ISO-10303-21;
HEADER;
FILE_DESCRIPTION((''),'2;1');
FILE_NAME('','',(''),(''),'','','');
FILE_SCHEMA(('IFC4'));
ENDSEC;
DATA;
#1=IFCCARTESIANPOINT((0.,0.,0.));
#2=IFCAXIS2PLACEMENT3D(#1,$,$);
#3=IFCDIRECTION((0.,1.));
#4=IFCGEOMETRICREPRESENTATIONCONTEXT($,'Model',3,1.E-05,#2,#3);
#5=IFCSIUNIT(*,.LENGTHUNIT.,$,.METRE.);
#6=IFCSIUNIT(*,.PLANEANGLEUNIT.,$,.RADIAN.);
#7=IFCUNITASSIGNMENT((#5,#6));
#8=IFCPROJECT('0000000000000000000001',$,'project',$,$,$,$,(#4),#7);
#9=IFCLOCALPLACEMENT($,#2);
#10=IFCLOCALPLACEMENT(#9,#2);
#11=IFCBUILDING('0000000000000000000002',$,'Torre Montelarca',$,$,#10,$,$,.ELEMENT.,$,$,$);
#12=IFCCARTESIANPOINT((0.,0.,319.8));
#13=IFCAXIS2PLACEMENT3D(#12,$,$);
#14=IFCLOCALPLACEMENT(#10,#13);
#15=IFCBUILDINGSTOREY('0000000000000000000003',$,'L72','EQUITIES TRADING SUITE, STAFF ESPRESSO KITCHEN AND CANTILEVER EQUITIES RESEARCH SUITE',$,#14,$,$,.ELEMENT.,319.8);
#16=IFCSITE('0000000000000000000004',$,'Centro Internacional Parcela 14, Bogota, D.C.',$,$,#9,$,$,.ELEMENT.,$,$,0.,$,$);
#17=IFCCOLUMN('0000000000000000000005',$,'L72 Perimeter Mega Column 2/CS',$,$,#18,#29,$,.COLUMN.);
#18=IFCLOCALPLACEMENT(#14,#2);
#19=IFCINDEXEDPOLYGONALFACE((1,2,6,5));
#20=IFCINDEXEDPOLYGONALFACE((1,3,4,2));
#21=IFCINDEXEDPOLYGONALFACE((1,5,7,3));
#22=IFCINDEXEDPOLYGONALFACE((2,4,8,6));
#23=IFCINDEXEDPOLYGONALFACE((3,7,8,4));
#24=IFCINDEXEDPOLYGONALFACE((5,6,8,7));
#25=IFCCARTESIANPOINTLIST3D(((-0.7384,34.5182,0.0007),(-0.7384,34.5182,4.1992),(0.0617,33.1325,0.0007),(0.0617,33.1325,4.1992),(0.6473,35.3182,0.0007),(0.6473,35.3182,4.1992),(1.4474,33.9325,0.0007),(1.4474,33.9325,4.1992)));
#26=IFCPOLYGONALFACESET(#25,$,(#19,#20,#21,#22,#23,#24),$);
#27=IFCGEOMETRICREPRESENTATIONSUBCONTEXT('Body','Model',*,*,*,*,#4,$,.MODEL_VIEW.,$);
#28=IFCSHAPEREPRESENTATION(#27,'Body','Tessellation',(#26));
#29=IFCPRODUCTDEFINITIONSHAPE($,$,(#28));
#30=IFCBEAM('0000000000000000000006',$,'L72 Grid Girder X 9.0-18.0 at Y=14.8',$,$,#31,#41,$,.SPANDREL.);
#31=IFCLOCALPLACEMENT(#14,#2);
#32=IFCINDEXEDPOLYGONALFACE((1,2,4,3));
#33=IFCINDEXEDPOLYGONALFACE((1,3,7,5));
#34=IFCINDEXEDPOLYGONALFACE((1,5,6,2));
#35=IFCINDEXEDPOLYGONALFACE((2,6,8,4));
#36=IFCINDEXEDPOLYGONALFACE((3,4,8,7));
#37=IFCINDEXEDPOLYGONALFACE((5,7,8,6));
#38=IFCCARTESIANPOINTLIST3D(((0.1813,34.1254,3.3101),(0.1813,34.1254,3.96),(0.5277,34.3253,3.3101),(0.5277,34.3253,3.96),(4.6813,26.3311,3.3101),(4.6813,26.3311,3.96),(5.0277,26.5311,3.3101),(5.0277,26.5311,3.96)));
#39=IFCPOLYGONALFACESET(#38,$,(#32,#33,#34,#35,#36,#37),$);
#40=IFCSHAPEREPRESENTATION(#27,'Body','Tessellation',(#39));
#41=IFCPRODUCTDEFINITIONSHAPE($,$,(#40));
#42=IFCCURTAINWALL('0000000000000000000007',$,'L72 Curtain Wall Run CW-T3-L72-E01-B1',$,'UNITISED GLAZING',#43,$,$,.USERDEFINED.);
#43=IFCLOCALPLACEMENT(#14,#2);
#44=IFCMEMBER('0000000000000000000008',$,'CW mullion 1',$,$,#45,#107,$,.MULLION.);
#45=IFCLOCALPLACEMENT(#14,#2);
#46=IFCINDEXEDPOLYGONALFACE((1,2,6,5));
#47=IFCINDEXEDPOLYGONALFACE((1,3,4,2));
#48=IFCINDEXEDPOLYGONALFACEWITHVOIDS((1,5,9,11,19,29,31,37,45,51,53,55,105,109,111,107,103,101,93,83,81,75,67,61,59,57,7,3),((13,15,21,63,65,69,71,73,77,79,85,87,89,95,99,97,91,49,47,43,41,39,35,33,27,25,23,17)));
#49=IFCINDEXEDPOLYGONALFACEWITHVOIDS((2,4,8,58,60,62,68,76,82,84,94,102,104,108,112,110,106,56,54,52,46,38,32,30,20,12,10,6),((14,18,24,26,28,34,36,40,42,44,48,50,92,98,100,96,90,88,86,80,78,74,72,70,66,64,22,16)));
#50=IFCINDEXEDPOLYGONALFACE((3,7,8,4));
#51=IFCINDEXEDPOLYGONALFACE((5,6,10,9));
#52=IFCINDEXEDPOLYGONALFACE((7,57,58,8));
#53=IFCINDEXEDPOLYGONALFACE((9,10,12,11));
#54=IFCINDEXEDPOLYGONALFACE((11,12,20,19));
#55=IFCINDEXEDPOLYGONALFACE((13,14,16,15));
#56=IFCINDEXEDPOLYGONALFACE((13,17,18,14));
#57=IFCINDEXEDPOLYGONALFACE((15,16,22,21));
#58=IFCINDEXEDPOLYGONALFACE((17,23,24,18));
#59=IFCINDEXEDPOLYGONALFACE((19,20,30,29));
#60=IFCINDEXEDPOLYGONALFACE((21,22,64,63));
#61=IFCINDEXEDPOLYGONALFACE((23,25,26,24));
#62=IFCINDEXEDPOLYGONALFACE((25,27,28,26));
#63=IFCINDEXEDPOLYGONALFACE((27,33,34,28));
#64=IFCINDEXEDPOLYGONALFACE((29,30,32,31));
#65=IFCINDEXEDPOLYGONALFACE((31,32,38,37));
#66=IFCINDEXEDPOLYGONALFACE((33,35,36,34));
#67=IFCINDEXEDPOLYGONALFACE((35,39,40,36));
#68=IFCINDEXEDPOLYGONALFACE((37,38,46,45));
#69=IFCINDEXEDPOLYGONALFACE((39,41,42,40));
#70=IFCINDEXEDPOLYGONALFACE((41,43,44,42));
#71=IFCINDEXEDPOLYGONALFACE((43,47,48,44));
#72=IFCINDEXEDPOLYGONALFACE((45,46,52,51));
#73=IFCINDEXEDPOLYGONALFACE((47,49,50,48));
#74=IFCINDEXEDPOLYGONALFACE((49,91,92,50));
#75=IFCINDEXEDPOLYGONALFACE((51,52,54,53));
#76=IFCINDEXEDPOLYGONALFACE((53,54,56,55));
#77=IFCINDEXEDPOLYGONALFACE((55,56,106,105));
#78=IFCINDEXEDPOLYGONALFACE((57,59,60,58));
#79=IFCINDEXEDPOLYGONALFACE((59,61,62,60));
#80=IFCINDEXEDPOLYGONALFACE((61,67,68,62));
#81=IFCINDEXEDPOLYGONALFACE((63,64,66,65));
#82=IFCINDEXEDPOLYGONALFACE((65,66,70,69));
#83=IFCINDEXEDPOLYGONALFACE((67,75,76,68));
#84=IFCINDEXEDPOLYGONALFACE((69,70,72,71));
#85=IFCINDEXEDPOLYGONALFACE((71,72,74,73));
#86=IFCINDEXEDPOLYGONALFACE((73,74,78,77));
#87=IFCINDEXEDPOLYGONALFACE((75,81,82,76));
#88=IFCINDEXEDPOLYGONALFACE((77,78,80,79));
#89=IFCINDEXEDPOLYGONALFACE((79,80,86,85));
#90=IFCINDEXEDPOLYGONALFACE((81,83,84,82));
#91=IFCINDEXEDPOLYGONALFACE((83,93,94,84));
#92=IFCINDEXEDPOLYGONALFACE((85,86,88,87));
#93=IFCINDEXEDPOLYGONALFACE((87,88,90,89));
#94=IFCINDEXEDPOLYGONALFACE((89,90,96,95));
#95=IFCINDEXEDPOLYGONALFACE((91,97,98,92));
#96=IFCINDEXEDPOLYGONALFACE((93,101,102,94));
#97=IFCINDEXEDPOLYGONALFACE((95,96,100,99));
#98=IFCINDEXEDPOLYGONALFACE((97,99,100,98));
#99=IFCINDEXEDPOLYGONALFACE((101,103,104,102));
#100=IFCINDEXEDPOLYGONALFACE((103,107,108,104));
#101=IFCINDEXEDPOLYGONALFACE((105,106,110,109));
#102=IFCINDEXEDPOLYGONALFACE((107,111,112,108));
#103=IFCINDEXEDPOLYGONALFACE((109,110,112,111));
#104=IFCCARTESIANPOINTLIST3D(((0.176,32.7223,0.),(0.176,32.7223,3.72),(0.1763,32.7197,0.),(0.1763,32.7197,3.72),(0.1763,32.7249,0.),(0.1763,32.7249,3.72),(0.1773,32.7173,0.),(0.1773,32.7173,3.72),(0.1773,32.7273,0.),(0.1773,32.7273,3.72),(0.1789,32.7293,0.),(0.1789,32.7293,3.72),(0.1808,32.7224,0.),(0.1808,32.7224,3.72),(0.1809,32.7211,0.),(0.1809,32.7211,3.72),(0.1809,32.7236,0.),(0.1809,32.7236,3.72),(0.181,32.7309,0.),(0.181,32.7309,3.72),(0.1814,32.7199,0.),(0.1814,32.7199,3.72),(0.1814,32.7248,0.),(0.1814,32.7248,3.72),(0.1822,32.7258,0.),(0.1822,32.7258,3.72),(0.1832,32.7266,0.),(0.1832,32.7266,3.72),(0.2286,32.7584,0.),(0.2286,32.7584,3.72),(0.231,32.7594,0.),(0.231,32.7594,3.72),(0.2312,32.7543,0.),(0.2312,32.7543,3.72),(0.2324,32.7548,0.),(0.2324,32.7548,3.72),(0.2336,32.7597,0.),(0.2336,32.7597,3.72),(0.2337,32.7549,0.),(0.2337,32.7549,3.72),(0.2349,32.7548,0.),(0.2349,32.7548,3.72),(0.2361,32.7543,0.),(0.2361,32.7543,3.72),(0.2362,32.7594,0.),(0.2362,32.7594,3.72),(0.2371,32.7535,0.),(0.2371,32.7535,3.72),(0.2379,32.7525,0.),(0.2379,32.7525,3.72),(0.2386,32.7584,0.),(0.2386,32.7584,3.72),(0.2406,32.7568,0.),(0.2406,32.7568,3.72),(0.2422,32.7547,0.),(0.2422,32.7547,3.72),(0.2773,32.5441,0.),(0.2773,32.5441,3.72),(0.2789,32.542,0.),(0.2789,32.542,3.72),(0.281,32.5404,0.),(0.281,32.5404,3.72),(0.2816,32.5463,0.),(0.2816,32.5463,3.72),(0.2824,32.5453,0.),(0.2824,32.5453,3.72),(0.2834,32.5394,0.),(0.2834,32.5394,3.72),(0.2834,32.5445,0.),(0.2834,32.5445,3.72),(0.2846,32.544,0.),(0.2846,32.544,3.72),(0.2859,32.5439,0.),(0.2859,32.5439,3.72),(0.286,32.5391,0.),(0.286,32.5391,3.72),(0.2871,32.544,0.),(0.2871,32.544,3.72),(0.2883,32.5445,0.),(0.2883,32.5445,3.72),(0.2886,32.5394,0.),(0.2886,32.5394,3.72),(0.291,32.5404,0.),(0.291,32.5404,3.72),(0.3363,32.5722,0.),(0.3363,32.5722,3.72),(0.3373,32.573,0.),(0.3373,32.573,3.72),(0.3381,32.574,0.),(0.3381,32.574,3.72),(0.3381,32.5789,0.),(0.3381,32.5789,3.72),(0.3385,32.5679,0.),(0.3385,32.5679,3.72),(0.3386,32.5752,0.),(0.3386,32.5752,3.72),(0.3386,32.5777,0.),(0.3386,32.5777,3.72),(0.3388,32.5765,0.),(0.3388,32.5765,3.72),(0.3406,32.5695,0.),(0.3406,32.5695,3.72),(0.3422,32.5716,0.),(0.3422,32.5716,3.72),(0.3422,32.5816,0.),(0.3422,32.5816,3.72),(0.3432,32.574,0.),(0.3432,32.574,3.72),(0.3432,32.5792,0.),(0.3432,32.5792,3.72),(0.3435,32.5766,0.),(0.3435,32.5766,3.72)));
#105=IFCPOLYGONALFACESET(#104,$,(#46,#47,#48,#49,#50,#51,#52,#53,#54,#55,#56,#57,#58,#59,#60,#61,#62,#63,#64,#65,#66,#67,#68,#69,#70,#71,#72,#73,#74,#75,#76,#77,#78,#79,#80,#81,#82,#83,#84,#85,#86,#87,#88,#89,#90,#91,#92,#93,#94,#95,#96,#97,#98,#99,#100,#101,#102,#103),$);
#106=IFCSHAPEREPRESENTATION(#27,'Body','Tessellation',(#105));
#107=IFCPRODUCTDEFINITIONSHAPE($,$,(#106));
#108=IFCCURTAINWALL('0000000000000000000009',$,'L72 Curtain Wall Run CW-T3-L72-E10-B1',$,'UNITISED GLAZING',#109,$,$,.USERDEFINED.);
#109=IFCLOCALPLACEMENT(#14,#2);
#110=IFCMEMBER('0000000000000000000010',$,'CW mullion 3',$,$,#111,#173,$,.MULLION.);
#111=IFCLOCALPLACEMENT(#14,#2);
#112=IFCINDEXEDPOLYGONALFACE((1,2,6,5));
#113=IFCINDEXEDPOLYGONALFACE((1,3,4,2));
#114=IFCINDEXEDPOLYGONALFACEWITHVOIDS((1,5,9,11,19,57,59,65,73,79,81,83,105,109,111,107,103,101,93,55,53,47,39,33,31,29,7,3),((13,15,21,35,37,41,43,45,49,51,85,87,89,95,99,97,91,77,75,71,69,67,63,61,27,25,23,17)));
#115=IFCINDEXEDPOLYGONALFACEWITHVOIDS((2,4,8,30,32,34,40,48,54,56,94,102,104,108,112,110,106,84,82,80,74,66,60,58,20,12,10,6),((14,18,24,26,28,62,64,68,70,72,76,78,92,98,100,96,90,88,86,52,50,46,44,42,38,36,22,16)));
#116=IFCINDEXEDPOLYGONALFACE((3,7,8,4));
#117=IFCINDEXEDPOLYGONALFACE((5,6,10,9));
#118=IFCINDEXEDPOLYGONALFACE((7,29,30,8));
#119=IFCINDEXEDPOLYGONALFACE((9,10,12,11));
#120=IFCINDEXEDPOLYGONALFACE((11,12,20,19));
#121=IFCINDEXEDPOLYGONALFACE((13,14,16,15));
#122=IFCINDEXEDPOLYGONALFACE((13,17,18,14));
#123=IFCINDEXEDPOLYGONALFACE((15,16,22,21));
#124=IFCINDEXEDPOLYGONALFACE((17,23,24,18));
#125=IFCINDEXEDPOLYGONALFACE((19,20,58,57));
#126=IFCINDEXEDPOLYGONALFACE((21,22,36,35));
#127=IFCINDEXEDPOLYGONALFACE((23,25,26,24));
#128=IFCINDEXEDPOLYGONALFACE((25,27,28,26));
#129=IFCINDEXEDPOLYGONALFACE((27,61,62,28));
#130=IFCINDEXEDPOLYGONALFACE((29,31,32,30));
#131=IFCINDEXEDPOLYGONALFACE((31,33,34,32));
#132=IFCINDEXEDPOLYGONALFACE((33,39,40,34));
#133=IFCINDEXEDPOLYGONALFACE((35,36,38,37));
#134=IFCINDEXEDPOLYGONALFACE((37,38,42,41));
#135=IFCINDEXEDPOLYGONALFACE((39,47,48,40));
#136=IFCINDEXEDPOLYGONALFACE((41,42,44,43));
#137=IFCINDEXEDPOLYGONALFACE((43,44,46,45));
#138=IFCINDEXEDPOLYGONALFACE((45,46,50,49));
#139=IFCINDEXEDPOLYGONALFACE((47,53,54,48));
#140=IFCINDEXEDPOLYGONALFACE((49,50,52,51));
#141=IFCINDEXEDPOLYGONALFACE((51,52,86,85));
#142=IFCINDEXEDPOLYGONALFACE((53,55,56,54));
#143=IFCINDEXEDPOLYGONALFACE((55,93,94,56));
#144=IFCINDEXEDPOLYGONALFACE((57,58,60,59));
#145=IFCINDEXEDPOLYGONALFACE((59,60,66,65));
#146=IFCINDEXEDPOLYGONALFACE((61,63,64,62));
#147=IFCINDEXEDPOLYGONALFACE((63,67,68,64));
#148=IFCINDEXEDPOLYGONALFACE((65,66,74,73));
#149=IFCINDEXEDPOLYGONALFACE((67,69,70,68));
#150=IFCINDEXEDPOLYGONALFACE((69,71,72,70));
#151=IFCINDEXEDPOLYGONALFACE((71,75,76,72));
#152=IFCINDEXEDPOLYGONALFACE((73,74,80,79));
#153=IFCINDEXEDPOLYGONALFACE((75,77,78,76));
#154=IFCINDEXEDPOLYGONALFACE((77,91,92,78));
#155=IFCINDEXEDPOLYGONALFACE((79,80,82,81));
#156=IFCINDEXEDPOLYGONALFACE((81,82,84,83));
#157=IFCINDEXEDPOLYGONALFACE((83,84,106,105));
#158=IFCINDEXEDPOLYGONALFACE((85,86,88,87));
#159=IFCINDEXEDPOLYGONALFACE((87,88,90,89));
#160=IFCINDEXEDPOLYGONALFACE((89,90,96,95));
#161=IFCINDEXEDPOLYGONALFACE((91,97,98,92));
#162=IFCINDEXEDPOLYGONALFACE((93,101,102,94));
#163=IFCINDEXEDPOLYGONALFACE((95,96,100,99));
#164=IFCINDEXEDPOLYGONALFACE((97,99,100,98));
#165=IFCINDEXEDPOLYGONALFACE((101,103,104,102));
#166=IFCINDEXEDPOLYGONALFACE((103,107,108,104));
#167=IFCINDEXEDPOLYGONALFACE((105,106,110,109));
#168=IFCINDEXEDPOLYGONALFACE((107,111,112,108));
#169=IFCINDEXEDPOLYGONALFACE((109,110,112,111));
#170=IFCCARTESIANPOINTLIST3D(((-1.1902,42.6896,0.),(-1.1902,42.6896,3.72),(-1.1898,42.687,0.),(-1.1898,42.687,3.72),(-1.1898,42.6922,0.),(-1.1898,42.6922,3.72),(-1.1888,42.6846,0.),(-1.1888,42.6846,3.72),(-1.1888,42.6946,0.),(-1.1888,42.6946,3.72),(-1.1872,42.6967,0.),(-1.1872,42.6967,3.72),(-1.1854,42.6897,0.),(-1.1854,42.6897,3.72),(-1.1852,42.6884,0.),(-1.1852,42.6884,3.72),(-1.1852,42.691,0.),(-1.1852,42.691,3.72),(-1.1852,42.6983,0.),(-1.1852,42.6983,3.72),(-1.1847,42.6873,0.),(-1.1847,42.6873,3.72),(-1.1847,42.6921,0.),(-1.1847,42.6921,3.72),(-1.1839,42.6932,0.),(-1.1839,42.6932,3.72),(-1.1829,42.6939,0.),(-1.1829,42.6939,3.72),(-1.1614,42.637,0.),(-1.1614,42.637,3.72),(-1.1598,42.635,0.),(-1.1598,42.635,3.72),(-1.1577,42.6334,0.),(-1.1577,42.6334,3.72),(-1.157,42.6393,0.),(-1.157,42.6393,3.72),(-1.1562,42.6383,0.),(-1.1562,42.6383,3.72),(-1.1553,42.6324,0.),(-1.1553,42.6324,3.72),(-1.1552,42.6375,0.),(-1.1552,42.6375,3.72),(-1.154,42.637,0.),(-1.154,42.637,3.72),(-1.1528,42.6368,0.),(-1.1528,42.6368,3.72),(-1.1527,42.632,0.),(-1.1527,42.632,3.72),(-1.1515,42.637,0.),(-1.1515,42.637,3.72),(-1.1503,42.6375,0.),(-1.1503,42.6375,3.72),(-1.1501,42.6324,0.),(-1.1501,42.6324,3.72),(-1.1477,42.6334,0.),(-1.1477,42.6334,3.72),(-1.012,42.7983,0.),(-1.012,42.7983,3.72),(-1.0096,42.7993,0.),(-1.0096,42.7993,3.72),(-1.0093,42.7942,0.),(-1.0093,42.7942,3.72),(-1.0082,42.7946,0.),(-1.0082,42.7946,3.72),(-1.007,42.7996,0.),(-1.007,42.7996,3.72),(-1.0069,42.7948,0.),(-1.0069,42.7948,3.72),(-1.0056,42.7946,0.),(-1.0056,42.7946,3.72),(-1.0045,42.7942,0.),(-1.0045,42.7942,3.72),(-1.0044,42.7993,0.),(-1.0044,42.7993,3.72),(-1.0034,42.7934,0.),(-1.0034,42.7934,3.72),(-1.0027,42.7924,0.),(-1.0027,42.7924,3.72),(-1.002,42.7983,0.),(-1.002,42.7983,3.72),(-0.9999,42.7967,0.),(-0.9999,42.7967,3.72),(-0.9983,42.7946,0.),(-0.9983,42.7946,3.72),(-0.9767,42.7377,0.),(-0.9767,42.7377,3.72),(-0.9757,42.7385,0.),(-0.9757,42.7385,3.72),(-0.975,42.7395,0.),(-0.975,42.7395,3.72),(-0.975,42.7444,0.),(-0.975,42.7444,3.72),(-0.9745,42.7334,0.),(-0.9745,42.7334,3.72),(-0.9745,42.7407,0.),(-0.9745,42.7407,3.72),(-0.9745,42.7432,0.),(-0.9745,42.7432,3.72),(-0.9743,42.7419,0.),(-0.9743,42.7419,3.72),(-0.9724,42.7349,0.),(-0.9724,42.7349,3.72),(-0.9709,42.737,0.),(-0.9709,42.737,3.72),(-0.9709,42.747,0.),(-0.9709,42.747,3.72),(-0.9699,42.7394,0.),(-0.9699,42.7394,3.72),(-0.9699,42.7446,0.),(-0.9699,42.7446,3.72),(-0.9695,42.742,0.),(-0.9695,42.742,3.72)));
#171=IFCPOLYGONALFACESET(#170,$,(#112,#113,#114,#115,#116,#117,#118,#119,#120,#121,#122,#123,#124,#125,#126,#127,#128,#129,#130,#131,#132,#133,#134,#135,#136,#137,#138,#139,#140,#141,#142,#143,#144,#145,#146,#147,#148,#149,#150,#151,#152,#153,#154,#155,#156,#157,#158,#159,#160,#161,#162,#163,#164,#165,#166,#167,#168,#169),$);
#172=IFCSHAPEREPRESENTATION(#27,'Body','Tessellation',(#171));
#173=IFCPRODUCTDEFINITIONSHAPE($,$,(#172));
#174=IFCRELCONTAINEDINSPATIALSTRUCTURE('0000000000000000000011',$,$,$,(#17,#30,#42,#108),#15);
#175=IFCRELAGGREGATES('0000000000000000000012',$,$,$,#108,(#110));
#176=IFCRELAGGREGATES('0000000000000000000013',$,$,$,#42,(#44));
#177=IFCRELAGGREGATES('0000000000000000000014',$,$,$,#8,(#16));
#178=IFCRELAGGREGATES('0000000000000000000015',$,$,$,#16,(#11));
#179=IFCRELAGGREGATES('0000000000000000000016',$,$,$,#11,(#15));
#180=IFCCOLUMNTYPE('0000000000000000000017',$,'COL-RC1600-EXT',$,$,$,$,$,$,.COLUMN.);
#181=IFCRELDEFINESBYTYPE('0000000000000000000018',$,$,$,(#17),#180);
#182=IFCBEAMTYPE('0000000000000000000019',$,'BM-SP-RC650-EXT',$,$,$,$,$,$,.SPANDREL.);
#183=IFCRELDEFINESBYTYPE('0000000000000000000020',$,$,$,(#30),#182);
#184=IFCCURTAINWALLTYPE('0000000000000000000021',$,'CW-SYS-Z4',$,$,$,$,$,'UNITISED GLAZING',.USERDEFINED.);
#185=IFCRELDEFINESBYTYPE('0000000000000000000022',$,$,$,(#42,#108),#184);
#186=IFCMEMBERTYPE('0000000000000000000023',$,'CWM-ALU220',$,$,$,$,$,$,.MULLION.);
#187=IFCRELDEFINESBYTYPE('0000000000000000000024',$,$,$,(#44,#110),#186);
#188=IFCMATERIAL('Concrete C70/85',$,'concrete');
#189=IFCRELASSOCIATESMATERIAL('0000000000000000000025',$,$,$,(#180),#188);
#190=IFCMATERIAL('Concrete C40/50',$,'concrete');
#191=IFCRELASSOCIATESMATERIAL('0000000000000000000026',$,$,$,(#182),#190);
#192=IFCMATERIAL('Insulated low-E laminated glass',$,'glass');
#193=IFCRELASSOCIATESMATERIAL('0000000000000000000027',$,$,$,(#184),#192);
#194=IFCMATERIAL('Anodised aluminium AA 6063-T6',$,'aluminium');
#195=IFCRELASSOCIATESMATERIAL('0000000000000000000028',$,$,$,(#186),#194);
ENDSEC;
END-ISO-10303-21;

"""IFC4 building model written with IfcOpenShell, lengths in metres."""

from ifc_helpers import new_model, si_unit, direction, frame, origin, origin_2d, place, context, subcontext, project, spatial, rectangle, hollow_rectangle, extrude, source, transform, mapped, material, material_profile, profile_set, type_object, element, aggregate, save


model = new_model("IFC4")

# Units and contexts
model_context = context("Model", 3, precision=1e-05, world=origin(), true_north=direction((0.0, 1.0)))
body_context = subcontext(model_context, "Body", "Model", "MODEL_VIEW")
ifc_project = project(units=[si_unit("LENGTHUNIT", "METRE"), si_unit("PLANEANGLEUNIT", "RADIAN")], contexts=[model_context])

# Site, building, storey
site_placement = place(None, origin())
site = spatial("IfcSite", under=ifc_project, at=site_placement, Name="Centro Internacional Parcela 14, Bogota, D.C.", CompositionType="ELEMENT", RefElevation=0.0)
building_placement = place(site_placement, origin())
building = spatial("IfcBuilding", under=site, at=building_placement, Name="Torre Montelarca", CompositionType="ELEMENT")
storey_placement = place(building_placement, frame((0.0, 0.0, 319.8)))
storey = spatial("IfcBuildingStorey", under=building, at=storey_placement, Name="L72", Description="EQUITIES TRADING SUITE, STAFF ESPRESSO KITCHEN AND CANTILEVER EQUITIES RESEARCH SUITE", CompositionType="ELEMENT", Elevation=319.8)

# Column
ifc_material_1 = material(Name="Concrete C70/85", Category="concrete")
ifc_material_profile_1 = material_profile(ifc_material_1, rectangle(XDim=1.6001, YDim=1.6001, at=origin_2d()), Name="RC1600X1600", Category="concrete")
ifc_profile_set_1 = profile_set([ifc_material_profile_1], Name="Concrete C70/85")
column_type = type_object("IfcColumnType", Name="COL-RC1600-EXT", PredefinedType="COLUMN", material=ifc_profile_set_1)
shared_shape_1 = source(origin(), body_context, "Body", "SweptSolid", [
    extrude(rectangle(XDim=1.6001, YDim=1.6001, at=origin_2d()), origin(), (0.0, 0.0, 1.0), 4.1985),
])
column_placement = place(storey_placement, frame((0.3545, 34.2253, 0.0007), z_axis=(0.0, 0.0, 1.0), x_axis=(-0.5, 0.866025, 0.0)))
element("IfcColumn", 1, at=column_placement, inside=storey, type_object=column_type, Name="L72 Perimeter Mega Column 2/CS", PredefinedType="COLUMN", context=body_context, shape_type="MappedRepresentation", body=[
    mapped(shared_shape_1, transform((0.0, 0.0, 0.0), scale=1.0)),
])

# Beam
ifc_material_2 = material(Name="Concrete C40/50", Category="concrete")
ifc_material_profile_2 = material_profile(ifc_material_2, rectangle(XDim=0.3999, YDim=0.6499, at=origin_2d()), Name="RCB400X650", Category="concrete")
ifc_profile_set_2 = profile_set([ifc_material_profile_2], Name="Concrete C40/50")
beam_type = type_object("IfcBeamType", Name="BM-SP-RC650-EXT", PredefinedType="SPANDREL", material=ifc_profile_set_2)
shared_shape_2 = source(origin(), body_context, "Body", "SweptSolid", [
    extrude(rectangle(XDim=0.3999, YDim=0.6499, at=origin_2d()), origin(), (0.0, 0.0, 1.0), 9.0),
])
beam_placement = place(storey_placement, frame((0.3545, 34.2253, 3.635), z_axis=(0.500002, -0.866024, 0.0), x_axis=(0.866024, 0.500002, 0.0)))
element("IfcBeam", 2, at=beam_placement, inside=storey, type_object=beam_type, Name="L72 Grid Girder X 9.0-18.0 at Y=14.8", PredefinedType="SPANDREL", context=body_context, shape_type="MappedRepresentation", body=[
    mapped(shared_shape_2, transform((0.0, 0.0, 0.0), scale=1.0)),
])

# Curtain walls, members
ifc_material_3 = material(Name="Insulated low-E laminated glass", Category="glass")
curtain_wall_type = type_object("IfcCurtainWallType", Name="CW-SYS-Z4", ElementType="UNITISED GLAZING", PredefinedType="USERDEFINED", material=ifc_material_3)
curtain_wall_1_placement = place(storey_placement, origin())
curtain_wall_1 = element("IfcCurtainWall", 3, at=curtain_wall_1_placement, inside=storey, type_object=curtain_wall_type, Name="L72 Curtain Wall Run CW-T3-L72-E01-B1", ObjectType="UNITISED GLAZING", PredefinedType="USERDEFINED")
ifc_material_4 = material(Name="Anodised aluminium AA 6063-T6", Category="aluminium")
ifc_material_profile_3 = material_profile(ifc_material_4, hollow_rectangle(XDim=0.075, YDim=0.22, WallThickness=0.0049, InnerFilletRadius=0.0049, OuterFilletRadius=0.01, at=origin_2d()), Name="ALU75X220X5", Category="aluminium")
ifc_profile_set_3 = profile_set([ifc_material_profile_3], Name="Anodised aluminium AA 6063-T6")
member_type_1 = type_object("IfcMemberType", Name="CWM-ALU220", PredefinedType="MULLION", material=ifc_profile_set_3)
shared_shape_3 = source(origin(), body_context, "Body", "SweptSolid", [
    extrude(hollow_rectangle(XDim=0.075, YDim=0.22, WallThickness=0.0049, InnerFilletRadius=0.0049, OuterFilletRadius=0.01, at=origin_2d()), origin(), (0.0, 0.0, 1.0), 3.72),
])
member_1_placement = place(storey_placement, frame((0.2598, 32.6494, 0.0), z_axis=(0.0, 0.0, 1.0), x_axis=(0.866025, 0.5, 0.0)))
member_1 = element("IfcMember", 4, at=member_1_placement, type_object=member_type_1, Name="CW mullion 1", PredefinedType="MULLION", context=body_context, shape_type="MappedRepresentation", body=[
    mapped(shared_shape_3, transform((0.0, 0.0, 0.0), scale=1.0)),
])
curtain_wall_2_placement = place(storey_placement, origin())
curtain_wall_2 = element("IfcCurtainWall", 5, at=curtain_wall_2_placement, inside=storey, type_object=curtain_wall_type, Name="L72 Curtain Wall Run CW-T3-L72-E10-B1", ObjectType="UNITISED GLAZING", PredefinedType="USERDEFINED")
member_2_placement = place(storey_placement, frame((-1.0798, 42.7158, 0.0), z_axis=(0.0, 0.0, 1.0), x_axis=(0.5, -0.866025, 0.0)))
member_2 = element("IfcMember", 6, at=member_2_placement, type_object=member_type_1, Name="CW mullion 3", PredefinedType="MULLION", context=body_context, shape_type="MappedRepresentation", body=[
    mapped(shared_shape_3, transform((0.0, 0.0, 0.0), scale=1.0)),
])
aggregate(curtain_wall_2, [member_2])

aggregate(curtain_wall_1, [member_1])

save(model, "model.ifc")
